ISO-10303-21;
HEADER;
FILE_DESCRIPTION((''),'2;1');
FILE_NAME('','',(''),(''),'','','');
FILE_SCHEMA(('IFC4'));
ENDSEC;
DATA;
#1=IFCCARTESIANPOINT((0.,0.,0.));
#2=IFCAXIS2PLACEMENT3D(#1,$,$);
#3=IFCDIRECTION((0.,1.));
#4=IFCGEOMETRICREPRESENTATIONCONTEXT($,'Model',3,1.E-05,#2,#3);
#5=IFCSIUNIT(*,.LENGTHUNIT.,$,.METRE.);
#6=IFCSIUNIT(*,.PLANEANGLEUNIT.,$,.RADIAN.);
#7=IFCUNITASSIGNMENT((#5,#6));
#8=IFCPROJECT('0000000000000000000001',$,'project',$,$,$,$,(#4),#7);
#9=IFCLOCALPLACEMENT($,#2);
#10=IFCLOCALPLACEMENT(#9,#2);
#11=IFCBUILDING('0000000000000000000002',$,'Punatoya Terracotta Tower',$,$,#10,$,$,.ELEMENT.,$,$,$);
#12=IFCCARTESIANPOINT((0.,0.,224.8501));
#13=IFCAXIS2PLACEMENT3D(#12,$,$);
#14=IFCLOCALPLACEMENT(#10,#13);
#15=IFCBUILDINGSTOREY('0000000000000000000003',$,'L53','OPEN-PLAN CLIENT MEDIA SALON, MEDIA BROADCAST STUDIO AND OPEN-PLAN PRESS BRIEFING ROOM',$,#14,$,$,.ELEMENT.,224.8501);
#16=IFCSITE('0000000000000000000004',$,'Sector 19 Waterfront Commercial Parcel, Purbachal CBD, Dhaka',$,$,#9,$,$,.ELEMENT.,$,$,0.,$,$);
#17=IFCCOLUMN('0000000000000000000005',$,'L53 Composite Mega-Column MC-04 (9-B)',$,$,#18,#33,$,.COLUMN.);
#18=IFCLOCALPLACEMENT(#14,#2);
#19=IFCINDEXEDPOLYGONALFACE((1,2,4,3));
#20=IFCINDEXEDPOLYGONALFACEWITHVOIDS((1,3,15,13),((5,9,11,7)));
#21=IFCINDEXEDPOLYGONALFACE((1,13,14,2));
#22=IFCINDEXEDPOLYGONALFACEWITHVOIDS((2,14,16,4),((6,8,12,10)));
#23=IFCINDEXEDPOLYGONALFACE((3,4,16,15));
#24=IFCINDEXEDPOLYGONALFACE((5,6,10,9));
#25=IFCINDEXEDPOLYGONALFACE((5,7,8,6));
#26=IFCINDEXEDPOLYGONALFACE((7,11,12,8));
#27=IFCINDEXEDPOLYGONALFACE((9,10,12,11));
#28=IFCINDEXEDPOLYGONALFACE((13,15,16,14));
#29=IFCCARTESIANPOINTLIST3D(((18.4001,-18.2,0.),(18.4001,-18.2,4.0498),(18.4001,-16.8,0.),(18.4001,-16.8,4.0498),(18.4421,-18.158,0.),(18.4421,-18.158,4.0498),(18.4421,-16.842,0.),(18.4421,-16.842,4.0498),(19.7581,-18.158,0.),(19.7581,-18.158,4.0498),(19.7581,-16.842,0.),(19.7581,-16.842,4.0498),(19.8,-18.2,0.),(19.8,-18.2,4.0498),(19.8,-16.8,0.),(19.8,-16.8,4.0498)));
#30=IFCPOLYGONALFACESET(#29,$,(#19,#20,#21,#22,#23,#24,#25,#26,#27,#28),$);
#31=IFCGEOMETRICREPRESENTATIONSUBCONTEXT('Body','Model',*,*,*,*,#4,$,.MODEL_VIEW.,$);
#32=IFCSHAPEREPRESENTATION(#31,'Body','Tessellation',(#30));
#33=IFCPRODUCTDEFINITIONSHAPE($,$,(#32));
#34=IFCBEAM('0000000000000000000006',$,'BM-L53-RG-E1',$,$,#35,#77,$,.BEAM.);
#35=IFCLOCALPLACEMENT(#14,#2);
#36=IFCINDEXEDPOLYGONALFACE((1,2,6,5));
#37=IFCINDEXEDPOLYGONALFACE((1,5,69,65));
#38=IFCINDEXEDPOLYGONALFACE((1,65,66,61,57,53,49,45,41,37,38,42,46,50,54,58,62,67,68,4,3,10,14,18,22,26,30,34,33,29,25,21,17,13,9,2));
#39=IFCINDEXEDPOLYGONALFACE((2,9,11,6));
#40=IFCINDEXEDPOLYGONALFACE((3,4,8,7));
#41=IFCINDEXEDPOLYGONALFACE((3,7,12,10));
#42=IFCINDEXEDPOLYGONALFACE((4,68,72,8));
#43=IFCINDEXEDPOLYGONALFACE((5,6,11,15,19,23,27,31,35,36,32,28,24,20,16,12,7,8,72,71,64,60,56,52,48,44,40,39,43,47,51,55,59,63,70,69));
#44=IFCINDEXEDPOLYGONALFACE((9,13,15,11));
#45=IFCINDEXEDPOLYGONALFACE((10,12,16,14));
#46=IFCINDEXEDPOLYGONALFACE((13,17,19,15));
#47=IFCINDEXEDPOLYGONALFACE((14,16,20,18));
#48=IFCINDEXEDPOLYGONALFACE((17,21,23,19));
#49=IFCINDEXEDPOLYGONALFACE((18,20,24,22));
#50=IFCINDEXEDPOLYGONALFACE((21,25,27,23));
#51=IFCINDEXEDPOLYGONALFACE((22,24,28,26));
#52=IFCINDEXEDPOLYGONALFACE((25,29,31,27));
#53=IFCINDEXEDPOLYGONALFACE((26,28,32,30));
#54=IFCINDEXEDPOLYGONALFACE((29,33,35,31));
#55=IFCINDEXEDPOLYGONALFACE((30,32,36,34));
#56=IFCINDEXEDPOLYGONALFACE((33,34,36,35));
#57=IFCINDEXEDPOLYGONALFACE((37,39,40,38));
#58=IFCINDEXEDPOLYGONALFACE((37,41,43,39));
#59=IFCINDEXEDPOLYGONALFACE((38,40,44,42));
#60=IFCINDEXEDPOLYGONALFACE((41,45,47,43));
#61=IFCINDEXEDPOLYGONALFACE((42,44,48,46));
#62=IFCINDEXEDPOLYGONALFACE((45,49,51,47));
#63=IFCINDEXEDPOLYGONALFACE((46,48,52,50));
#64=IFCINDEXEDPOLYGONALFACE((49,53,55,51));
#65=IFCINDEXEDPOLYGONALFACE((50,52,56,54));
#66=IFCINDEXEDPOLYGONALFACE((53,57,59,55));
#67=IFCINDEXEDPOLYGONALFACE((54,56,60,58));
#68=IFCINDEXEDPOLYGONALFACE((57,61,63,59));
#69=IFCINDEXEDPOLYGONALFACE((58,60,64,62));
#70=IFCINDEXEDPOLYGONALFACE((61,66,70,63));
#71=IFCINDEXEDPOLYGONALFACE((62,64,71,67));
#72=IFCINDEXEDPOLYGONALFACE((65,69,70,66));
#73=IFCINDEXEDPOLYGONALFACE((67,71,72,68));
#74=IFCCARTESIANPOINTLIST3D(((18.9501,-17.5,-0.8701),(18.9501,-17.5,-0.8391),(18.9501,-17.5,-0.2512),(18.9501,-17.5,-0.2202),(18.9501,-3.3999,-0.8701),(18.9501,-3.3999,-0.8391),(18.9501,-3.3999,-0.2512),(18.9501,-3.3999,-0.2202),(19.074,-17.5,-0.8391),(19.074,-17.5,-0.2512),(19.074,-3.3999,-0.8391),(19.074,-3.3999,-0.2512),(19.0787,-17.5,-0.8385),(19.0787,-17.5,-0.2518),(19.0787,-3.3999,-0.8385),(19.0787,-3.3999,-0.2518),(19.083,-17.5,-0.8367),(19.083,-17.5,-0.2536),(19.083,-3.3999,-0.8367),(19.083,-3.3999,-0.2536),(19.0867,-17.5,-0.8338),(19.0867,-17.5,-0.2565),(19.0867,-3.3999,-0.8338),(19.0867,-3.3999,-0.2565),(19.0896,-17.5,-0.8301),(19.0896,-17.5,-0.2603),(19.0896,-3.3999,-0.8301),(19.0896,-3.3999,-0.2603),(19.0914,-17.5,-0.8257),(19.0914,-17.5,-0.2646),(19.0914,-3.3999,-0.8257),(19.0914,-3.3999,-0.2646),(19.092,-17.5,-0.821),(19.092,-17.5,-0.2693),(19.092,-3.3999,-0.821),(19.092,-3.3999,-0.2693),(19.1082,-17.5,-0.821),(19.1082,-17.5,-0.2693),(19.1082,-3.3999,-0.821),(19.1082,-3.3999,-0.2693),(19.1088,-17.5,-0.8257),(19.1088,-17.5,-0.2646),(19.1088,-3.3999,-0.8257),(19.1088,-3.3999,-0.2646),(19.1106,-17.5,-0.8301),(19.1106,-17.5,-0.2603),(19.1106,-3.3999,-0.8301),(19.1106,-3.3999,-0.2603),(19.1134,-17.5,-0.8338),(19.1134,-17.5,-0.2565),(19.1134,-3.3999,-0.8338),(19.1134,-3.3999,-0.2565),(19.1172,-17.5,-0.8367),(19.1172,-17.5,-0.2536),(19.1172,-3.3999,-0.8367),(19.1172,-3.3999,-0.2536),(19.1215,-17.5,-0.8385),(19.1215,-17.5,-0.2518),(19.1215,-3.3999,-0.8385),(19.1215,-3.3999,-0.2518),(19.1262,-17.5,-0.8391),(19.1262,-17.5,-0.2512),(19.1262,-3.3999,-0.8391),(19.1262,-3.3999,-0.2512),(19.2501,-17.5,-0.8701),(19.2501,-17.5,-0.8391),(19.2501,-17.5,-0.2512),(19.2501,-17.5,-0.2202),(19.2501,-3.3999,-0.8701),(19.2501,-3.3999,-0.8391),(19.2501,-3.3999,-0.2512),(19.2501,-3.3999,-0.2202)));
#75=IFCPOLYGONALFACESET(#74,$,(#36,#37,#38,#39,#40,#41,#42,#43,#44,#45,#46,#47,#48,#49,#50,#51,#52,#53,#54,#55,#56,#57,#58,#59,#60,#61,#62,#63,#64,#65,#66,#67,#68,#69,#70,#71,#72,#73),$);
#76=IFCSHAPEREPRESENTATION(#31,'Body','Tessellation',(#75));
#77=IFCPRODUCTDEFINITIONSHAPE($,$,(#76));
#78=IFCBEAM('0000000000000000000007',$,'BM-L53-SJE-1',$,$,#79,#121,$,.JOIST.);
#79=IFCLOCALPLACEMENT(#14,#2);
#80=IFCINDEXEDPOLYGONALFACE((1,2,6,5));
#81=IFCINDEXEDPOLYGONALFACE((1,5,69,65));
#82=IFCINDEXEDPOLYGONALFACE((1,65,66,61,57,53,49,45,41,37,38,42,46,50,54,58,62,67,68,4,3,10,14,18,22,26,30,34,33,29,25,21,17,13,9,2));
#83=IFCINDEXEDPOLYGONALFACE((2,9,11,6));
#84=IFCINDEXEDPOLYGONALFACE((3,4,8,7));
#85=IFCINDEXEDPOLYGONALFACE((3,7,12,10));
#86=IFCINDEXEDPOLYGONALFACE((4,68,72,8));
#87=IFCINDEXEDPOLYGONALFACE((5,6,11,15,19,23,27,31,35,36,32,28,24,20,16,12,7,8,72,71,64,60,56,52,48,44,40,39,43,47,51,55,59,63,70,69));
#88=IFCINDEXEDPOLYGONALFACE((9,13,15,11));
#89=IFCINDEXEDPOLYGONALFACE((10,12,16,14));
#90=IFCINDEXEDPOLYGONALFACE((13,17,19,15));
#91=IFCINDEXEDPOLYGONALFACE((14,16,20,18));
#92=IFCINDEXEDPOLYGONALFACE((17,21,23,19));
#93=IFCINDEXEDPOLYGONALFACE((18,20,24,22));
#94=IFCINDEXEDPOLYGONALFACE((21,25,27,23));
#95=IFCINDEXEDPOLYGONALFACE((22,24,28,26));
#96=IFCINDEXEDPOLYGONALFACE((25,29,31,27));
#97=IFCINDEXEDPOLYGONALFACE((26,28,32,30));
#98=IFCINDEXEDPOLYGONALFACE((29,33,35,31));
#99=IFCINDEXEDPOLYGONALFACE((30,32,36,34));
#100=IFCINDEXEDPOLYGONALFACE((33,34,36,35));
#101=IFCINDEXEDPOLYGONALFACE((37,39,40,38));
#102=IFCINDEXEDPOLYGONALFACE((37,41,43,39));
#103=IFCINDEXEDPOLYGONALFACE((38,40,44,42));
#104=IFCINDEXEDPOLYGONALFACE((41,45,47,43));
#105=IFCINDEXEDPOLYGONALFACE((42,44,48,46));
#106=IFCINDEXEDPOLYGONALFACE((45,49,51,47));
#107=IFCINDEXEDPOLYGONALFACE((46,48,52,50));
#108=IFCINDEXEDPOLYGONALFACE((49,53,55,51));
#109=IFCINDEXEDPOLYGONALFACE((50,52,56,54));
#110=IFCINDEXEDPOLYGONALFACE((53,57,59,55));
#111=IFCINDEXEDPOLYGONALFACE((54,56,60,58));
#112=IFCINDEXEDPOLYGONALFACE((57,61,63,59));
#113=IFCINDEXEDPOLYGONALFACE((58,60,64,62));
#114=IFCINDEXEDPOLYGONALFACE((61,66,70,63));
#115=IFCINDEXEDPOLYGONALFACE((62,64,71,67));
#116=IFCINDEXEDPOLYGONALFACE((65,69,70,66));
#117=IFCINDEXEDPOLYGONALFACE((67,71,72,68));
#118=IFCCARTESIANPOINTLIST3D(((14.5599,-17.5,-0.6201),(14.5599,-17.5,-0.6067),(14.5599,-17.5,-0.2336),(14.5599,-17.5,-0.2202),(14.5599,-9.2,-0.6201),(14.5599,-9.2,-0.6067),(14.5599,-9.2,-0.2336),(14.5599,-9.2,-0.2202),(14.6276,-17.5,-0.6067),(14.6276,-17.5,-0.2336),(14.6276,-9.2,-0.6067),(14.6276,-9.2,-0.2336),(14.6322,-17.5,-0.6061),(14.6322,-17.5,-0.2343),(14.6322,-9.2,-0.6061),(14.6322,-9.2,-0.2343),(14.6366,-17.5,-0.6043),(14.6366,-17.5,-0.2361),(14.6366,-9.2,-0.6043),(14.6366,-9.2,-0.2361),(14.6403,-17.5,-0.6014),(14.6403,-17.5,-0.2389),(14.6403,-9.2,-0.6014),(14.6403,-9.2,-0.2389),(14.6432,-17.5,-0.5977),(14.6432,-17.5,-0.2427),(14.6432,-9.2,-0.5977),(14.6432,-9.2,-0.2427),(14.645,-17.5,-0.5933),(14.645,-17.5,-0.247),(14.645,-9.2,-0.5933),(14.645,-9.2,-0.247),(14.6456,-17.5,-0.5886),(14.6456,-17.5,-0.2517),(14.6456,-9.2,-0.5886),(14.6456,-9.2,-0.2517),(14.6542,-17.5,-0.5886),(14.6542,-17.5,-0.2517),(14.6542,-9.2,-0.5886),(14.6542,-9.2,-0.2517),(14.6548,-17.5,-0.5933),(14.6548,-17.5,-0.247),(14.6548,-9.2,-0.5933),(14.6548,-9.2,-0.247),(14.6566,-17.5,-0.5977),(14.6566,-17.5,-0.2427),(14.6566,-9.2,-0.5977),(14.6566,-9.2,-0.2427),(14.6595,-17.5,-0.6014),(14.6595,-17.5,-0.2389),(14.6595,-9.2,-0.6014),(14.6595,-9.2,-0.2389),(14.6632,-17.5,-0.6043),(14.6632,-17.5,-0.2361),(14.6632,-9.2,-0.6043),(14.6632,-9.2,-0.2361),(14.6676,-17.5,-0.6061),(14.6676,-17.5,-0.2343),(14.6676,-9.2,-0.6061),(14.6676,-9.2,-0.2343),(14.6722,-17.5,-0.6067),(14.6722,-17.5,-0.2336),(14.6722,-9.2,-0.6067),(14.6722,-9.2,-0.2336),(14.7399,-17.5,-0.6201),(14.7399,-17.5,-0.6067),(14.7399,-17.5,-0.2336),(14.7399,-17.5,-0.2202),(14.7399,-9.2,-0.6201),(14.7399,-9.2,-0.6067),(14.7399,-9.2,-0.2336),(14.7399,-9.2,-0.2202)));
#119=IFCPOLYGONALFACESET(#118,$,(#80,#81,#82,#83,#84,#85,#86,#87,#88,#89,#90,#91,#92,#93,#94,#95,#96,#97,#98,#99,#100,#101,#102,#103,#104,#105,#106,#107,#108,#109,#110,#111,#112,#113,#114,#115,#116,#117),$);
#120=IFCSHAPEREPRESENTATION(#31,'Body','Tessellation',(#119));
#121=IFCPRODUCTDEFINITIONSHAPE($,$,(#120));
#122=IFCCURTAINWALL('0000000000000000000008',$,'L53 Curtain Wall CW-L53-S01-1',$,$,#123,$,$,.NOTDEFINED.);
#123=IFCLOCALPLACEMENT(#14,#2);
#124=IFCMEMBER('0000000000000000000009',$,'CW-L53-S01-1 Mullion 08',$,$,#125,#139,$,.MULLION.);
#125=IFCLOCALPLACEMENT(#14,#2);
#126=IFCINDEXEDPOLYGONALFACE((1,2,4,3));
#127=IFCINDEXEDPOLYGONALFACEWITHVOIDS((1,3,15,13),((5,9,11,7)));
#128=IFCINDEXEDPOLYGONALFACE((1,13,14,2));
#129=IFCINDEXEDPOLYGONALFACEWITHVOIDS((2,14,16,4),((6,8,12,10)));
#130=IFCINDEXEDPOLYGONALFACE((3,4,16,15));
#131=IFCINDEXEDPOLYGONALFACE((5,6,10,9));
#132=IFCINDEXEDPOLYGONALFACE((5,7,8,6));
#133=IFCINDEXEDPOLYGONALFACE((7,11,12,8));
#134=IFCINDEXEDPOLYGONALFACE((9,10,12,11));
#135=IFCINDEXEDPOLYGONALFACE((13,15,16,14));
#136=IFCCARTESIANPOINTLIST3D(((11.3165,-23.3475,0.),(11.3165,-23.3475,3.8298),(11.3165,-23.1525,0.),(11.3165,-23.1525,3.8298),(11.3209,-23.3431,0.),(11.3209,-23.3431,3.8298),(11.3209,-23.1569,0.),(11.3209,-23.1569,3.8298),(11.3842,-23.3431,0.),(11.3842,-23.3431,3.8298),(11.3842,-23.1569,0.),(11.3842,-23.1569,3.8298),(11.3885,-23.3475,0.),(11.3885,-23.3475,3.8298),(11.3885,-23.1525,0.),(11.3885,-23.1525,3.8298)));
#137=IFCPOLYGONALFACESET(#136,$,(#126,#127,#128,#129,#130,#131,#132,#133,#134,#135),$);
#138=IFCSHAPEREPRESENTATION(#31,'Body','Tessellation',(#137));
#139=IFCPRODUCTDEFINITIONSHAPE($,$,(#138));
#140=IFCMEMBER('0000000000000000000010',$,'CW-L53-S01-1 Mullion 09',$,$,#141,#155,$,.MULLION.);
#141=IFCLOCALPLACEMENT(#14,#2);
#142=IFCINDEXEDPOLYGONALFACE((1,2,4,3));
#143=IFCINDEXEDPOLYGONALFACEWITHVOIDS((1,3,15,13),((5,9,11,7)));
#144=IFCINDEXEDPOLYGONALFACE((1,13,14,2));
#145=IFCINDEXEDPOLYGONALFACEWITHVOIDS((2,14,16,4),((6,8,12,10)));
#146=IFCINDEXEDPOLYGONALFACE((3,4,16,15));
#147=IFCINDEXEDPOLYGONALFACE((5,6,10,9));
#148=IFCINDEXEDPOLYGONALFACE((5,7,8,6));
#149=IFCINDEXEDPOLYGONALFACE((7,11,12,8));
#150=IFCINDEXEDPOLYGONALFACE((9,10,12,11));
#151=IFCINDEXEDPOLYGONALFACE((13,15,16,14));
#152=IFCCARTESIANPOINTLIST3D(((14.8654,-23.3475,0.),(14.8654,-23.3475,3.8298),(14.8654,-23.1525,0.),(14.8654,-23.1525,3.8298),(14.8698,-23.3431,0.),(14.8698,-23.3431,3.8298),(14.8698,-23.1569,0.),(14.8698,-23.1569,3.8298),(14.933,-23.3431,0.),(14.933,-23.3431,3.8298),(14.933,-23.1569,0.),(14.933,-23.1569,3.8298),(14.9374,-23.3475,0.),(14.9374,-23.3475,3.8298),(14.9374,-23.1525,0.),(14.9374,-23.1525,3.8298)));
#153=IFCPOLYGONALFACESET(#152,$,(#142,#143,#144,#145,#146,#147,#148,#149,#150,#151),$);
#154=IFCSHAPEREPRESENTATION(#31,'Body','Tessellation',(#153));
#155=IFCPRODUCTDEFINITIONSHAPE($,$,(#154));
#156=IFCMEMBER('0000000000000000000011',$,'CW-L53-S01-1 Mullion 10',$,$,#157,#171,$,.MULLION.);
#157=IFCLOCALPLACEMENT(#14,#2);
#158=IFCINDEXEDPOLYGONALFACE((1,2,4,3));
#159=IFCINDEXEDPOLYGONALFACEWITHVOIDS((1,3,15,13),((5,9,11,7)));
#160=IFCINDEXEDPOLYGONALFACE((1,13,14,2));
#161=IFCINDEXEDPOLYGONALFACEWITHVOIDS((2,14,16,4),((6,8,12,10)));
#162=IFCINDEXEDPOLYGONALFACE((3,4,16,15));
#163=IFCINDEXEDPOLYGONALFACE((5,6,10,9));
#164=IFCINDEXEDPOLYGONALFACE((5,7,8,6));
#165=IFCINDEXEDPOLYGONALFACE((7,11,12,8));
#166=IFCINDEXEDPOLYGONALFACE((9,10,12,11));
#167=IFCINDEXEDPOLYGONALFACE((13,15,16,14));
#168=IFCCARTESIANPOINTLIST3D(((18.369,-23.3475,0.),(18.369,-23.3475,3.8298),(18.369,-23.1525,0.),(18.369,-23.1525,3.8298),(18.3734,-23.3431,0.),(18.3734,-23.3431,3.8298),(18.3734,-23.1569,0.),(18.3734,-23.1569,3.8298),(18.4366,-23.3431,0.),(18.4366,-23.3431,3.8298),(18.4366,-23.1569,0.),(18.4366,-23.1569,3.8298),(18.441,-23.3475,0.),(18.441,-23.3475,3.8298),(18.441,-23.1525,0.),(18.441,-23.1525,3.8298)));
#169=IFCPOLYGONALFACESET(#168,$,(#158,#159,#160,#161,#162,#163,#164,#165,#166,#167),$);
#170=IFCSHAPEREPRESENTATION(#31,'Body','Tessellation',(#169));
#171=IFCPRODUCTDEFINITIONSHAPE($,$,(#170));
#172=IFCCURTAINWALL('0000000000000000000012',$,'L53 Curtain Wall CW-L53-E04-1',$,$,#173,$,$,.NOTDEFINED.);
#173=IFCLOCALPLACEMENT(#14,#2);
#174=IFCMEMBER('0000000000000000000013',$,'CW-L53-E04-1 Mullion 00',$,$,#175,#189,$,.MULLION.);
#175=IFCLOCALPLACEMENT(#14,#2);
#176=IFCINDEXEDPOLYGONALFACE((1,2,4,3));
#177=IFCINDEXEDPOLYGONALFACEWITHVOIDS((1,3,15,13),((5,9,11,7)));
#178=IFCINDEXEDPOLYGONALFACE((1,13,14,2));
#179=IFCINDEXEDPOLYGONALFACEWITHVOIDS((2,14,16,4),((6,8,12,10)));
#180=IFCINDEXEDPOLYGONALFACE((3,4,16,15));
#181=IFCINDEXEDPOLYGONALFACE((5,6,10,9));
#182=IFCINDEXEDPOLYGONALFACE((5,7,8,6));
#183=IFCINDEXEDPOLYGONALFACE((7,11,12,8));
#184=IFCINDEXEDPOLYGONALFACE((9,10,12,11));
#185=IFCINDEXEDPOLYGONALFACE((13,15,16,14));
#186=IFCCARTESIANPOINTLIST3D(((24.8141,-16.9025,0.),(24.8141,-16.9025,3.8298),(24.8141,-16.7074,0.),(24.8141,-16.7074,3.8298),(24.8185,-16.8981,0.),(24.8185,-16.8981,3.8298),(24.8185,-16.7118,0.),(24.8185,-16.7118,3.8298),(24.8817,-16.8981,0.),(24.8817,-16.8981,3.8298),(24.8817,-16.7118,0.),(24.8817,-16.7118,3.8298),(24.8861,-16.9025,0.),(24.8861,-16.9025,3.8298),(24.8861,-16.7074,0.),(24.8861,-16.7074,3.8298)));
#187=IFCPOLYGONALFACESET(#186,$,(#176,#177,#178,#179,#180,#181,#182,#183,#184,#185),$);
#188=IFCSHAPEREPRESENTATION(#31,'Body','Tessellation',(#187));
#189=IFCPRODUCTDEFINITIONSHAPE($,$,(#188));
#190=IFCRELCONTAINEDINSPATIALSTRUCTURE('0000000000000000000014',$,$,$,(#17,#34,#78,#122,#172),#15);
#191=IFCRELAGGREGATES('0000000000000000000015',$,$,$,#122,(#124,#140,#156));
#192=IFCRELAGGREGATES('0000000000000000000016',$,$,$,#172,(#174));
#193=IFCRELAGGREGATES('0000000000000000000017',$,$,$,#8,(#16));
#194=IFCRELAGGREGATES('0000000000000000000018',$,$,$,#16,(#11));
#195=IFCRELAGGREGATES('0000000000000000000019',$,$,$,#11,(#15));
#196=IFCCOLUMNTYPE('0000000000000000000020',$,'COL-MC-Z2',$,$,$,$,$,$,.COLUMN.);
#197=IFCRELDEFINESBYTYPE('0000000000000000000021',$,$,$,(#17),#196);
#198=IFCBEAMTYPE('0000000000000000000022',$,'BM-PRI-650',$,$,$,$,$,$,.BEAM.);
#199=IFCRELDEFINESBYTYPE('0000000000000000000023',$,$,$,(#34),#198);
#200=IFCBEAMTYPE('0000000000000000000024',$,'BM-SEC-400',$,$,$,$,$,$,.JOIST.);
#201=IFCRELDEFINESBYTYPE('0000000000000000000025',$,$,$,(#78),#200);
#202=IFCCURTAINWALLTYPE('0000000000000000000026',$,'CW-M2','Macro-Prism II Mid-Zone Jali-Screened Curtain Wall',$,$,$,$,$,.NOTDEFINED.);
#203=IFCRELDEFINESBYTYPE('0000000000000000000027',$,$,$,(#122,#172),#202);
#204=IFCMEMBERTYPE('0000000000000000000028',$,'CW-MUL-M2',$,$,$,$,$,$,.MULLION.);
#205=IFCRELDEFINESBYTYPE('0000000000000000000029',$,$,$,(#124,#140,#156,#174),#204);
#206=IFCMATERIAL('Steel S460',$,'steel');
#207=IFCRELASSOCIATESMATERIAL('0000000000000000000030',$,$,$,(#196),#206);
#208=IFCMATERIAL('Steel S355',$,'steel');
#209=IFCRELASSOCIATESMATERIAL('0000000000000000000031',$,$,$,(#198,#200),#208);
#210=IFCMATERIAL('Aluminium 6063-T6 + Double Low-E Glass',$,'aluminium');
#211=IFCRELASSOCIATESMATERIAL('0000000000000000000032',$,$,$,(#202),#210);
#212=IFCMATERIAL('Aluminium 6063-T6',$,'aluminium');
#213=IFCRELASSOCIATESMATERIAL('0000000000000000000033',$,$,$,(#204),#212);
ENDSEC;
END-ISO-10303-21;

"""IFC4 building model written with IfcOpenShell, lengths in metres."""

from ifc_helpers import new_model, si_unit, direction, frame, origin, origin_2d, place, context, subcontext, project, spatial, hollow_rectangle, i_section, extrude, material, material_profile, profile_set, type_object, element, aggregate, save


model = new_model("IFC4")

# Units and contexts
model_context = context("Model", 3, precision=1e-05, world=origin(), true_north=direction((0.0, 1.0)))
body_context = subcontext(model_context, "Body", "Model", "MODEL_VIEW")
ifc_project = project(units=[si_unit("LENGTHUNIT", "METRE"), si_unit("PLANEANGLEUNIT", "RADIAN")], contexts=[model_context])

# Site, building, storey
site_placement = place(None, origin())
site = spatial("IfcSite", under=ifc_project, at=site_placement, Name="Sector 19 Waterfront Commercial Parcel, Purbachal CBD, Dhaka", CompositionType="ELEMENT", RefElevation=0.0)
building_placement = place(site_placement, origin())
building = spatial("IfcBuilding", under=site, at=building_placement, Name="Punatoya Terracotta Tower", CompositionType="ELEMENT")
storey_placement = place(building_placement, frame((0.0, 0.0, 224.8501)))
storey = spatial("IfcBuildingStorey", under=building, at=storey_placement, Name="L53", Description="OPEN-PLAN CLIENT MEDIA SALON, MEDIA BROADCAST STUDIO AND OPEN-PLAN PRESS BRIEFING ROOM", CompositionType="ELEMENT", Elevation=224.8501)

# Column
ifc_material_1 = material(Name="Steel S460", Category="steel")
ifc_material_profile_1 = material_profile(ifc_material_1, hollow_rectangle(XDim=1.3999, YDim=1.3999, WallThickness=0.042, at=origin_2d()))
ifc_profile_set_1 = profile_set([ifc_material_profile_1], Name="Steel S460")
column_type = type_object("IfcColumnType", Name="COL-MC-Z2", PredefinedType="COLUMN", material=ifc_profile_set_1)
column_placement = place(storey_placement, frame((19.1001, -17.5, 0.0), z_axis=(0.0, 0.0, 1.0), x_axis=(1.0, 0.0, 0.0)))
element("IfcColumn", 1, at=column_placement, inside=storey, type_object=column_type, Name="L53 Composite Mega-Column MC-04 (9-B)", PredefinedType="COLUMN", context=body_context, shape_type="SweptSolid", body=[
    extrude(hollow_rectangle(XDim=1.3999, YDim=1.3999, WallThickness=0.042, at=origin_2d()), origin(), (0.0, 0.0, 1.0), 4.0498),
])

# Beams
ifc_material_2 = material(Name="Steel S355", Category="steel")
ifc_material_profile_2 = material_profile(ifc_material_2, i_section(OverallWidth=0.3, OverallDepth=0.6499, WebThickness=0.0161, FlangeThickness=0.031, FilletRadius=0.0181, at=origin_2d()))
ifc_profile_set_2 = profile_set([ifc_material_profile_2], Name="Steel S355")
beam_type_1 = type_object("IfcBeamType", Name="BM-PRI-650", PredefinedType="BEAM", material=ifc_profile_set_2)
beam_1_placement = place(storey_placement, frame((19.1001, -17.5, -0.5452), z_axis=(0.0, 1.0, 0.0), x_axis=(-1.0, 0.0, 0.0)))
element("IfcBeam", 2, at=beam_1_placement, inside=storey, type_object=beam_type_1, Name="BM-L53-RG-E1", PredefinedType="BEAM", context=body_context, shape_type="SweptSolid", body=[
    extrude(i_section(OverallWidth=0.3, OverallDepth=0.6499, WebThickness=0.0161, FlangeThickness=0.031, FilletRadius=0.0181, at=origin_2d()), origin(), (0.0, 0.0, 1.0), 14.1001),
])
ifc_material_profile_3 = material_profile(ifc_material_2, i_section(OverallWidth=0.1799, OverallDepth=0.3999, WebThickness=0.0085, FlangeThickness=0.0134, FilletRadius=0.0181, at=origin_2d()))
ifc_profile_set_3 = profile_set([ifc_material_profile_3], Name="Steel S355")
beam_type_2 = type_object("IfcBeamType", Name="BM-SEC-400", PredefinedType="JOIST", material=ifc_profile_set_3)
beam_2_placement = place(storey_placement, frame((14.6499, -17.5, -0.4202), z_axis=(0.0, 1.0, 0.0), x_axis=(-1.0, 0.0, 0.0)))
element("IfcBeam", 3, at=beam_2_placement, inside=storey, type_object=beam_type_2, Name="BM-L53-SJE-1", PredefinedType="JOIST", context=body_context, shape_type="SweptSolid", body=[
    extrude(i_section(OverallWidth=0.1799, OverallDepth=0.3999, WebThickness=0.0085, FlangeThickness=0.0134, FilletRadius=0.0181, at=origin_2d()), origin(), (0.0, 0.0, 1.0), 8.3),
])

# Curtain walls, members
ifc_material_3 = material(Name="Aluminium 6063-T6 + Double Low-E Glass", Category="aluminium")
curtain_wall_type = type_object("IfcCurtainWallType", Name="CW-M2", Description="Macro-Prism II Mid-Zone Jali-Screened Curtain Wall", PredefinedType="NOTDEFINED", material=ifc_material_3)
curtain_wall_1_placement = place(storey_placement, origin())
curtain_wall_1 = element("IfcCurtainWall", 4, at=curtain_wall_1_placement, inside=storey, type_object=curtain_wall_type, Name="L53 Curtain Wall CW-L53-S01-1", PredefinedType="NOTDEFINED")
ifc_material_4 = material(Name="Aluminium 6063-T6", Category="aluminium")
ifc_material_profile_4 = material_profile(ifc_material_4, hollow_rectangle(XDim=0.072, YDim=0.1951, WallThickness=0.0044, at=origin_2d()))
ifc_profile_set_4 = profile_set([ifc_material_profile_4], Name="Aluminium 6063-T6")
member_type_1 = type_object("IfcMemberType", Name="CW-MUL-M2", PredefinedType="MULLION", material=ifc_profile_set_4)
member_1_placement = place(storey_placement, frame((11.3525, -23.25, 0.0), z_axis=(0.0, 0.0, 1.0), x_axis=(1.0, 0.0, 0.0)))
member_1 = element("IfcMember", 5, at=member_1_placement, type_object=member_type_1, Name="CW-L53-S01-1 Mullion 08", PredefinedType="MULLION", context=body_context, shape_type="SweptSolid", body=[
    extrude(hollow_rectangle(XDim=0.072, YDim=0.1951, WallThickness=0.0044, at=origin_2d()), origin(), (0.0, 0.0, 1.0), 3.8298),
])
member_2_placement = place(storey_placement, frame((14.9014, -23.25, 0.0), z_axis=(0.0, 0.0, 1.0), x_axis=(1.0, 0.0, 0.0)))
member_2 = element("IfcMember", 6, at=member_2_placement, type_object=member_type_1, Name="CW-L53-S01-1 Mullion 09", PredefinedType="MULLION", context=body_context, shape_type="SweptSolid", body=[
    extrude(hollow_rectangle(XDim=0.072, YDim=0.1951, WallThickness=0.0044, at=origin_2d()), origin(), (0.0, 0.0, 1.0), 3.8298),
])
member_3_placement = place(storey_placement, frame((18.405, -23.25, 0.0), z_axis=(0.0, 0.0, 1.0), x_axis=(1.0, 0.0, 0.0)))
member_3 = element("IfcMember", 7, at=member_3_placement, type_object=member_type_1, Name="CW-L53-S01-1 Mullion 10", PredefinedType="MULLION", context=body_context, shape_type="SweptSolid", body=[
    extrude(hollow_rectangle(XDim=0.072, YDim=0.1951, WallThickness=0.0044, at=origin_2d()), origin(), (0.0, 0.0, 1.0), 3.8298),
])
curtain_wall_2_placement = place(storey_placement, origin())
curtain_wall_2 = element("IfcCurtainWall", 8, at=curtain_wall_2_placement, inside=storey, type_object=curtain_wall_type, Name="L53 Curtain Wall CW-L53-E04-1", PredefinedType="NOTDEFINED")
member_4_placement = place(storey_placement, frame((24.8501, -16.8049, 0.0), z_axis=(0.0, 0.0, 1.0), x_axis=(1.0, 0.0, 0.0)))
member_4 = element("IfcMember", 9, at=member_4_placement, type_object=member_type_1, Name="CW-L53-E04-1 Mullion 00", PredefinedType="MULLION", context=body_context, shape_type="SweptSolid", body=[
    extrude(hollow_rectangle(XDim=0.072, YDim=0.1951, WallThickness=0.0044, at=origin_2d()), origin(), (0.0, 0.0, 1.0), 3.8298),
])

aggregate(curtain_wall_1, [member_1, member_2, member_3])
aggregate(curtain_wall_2, [member_4])

save(model, "model.ifc")
